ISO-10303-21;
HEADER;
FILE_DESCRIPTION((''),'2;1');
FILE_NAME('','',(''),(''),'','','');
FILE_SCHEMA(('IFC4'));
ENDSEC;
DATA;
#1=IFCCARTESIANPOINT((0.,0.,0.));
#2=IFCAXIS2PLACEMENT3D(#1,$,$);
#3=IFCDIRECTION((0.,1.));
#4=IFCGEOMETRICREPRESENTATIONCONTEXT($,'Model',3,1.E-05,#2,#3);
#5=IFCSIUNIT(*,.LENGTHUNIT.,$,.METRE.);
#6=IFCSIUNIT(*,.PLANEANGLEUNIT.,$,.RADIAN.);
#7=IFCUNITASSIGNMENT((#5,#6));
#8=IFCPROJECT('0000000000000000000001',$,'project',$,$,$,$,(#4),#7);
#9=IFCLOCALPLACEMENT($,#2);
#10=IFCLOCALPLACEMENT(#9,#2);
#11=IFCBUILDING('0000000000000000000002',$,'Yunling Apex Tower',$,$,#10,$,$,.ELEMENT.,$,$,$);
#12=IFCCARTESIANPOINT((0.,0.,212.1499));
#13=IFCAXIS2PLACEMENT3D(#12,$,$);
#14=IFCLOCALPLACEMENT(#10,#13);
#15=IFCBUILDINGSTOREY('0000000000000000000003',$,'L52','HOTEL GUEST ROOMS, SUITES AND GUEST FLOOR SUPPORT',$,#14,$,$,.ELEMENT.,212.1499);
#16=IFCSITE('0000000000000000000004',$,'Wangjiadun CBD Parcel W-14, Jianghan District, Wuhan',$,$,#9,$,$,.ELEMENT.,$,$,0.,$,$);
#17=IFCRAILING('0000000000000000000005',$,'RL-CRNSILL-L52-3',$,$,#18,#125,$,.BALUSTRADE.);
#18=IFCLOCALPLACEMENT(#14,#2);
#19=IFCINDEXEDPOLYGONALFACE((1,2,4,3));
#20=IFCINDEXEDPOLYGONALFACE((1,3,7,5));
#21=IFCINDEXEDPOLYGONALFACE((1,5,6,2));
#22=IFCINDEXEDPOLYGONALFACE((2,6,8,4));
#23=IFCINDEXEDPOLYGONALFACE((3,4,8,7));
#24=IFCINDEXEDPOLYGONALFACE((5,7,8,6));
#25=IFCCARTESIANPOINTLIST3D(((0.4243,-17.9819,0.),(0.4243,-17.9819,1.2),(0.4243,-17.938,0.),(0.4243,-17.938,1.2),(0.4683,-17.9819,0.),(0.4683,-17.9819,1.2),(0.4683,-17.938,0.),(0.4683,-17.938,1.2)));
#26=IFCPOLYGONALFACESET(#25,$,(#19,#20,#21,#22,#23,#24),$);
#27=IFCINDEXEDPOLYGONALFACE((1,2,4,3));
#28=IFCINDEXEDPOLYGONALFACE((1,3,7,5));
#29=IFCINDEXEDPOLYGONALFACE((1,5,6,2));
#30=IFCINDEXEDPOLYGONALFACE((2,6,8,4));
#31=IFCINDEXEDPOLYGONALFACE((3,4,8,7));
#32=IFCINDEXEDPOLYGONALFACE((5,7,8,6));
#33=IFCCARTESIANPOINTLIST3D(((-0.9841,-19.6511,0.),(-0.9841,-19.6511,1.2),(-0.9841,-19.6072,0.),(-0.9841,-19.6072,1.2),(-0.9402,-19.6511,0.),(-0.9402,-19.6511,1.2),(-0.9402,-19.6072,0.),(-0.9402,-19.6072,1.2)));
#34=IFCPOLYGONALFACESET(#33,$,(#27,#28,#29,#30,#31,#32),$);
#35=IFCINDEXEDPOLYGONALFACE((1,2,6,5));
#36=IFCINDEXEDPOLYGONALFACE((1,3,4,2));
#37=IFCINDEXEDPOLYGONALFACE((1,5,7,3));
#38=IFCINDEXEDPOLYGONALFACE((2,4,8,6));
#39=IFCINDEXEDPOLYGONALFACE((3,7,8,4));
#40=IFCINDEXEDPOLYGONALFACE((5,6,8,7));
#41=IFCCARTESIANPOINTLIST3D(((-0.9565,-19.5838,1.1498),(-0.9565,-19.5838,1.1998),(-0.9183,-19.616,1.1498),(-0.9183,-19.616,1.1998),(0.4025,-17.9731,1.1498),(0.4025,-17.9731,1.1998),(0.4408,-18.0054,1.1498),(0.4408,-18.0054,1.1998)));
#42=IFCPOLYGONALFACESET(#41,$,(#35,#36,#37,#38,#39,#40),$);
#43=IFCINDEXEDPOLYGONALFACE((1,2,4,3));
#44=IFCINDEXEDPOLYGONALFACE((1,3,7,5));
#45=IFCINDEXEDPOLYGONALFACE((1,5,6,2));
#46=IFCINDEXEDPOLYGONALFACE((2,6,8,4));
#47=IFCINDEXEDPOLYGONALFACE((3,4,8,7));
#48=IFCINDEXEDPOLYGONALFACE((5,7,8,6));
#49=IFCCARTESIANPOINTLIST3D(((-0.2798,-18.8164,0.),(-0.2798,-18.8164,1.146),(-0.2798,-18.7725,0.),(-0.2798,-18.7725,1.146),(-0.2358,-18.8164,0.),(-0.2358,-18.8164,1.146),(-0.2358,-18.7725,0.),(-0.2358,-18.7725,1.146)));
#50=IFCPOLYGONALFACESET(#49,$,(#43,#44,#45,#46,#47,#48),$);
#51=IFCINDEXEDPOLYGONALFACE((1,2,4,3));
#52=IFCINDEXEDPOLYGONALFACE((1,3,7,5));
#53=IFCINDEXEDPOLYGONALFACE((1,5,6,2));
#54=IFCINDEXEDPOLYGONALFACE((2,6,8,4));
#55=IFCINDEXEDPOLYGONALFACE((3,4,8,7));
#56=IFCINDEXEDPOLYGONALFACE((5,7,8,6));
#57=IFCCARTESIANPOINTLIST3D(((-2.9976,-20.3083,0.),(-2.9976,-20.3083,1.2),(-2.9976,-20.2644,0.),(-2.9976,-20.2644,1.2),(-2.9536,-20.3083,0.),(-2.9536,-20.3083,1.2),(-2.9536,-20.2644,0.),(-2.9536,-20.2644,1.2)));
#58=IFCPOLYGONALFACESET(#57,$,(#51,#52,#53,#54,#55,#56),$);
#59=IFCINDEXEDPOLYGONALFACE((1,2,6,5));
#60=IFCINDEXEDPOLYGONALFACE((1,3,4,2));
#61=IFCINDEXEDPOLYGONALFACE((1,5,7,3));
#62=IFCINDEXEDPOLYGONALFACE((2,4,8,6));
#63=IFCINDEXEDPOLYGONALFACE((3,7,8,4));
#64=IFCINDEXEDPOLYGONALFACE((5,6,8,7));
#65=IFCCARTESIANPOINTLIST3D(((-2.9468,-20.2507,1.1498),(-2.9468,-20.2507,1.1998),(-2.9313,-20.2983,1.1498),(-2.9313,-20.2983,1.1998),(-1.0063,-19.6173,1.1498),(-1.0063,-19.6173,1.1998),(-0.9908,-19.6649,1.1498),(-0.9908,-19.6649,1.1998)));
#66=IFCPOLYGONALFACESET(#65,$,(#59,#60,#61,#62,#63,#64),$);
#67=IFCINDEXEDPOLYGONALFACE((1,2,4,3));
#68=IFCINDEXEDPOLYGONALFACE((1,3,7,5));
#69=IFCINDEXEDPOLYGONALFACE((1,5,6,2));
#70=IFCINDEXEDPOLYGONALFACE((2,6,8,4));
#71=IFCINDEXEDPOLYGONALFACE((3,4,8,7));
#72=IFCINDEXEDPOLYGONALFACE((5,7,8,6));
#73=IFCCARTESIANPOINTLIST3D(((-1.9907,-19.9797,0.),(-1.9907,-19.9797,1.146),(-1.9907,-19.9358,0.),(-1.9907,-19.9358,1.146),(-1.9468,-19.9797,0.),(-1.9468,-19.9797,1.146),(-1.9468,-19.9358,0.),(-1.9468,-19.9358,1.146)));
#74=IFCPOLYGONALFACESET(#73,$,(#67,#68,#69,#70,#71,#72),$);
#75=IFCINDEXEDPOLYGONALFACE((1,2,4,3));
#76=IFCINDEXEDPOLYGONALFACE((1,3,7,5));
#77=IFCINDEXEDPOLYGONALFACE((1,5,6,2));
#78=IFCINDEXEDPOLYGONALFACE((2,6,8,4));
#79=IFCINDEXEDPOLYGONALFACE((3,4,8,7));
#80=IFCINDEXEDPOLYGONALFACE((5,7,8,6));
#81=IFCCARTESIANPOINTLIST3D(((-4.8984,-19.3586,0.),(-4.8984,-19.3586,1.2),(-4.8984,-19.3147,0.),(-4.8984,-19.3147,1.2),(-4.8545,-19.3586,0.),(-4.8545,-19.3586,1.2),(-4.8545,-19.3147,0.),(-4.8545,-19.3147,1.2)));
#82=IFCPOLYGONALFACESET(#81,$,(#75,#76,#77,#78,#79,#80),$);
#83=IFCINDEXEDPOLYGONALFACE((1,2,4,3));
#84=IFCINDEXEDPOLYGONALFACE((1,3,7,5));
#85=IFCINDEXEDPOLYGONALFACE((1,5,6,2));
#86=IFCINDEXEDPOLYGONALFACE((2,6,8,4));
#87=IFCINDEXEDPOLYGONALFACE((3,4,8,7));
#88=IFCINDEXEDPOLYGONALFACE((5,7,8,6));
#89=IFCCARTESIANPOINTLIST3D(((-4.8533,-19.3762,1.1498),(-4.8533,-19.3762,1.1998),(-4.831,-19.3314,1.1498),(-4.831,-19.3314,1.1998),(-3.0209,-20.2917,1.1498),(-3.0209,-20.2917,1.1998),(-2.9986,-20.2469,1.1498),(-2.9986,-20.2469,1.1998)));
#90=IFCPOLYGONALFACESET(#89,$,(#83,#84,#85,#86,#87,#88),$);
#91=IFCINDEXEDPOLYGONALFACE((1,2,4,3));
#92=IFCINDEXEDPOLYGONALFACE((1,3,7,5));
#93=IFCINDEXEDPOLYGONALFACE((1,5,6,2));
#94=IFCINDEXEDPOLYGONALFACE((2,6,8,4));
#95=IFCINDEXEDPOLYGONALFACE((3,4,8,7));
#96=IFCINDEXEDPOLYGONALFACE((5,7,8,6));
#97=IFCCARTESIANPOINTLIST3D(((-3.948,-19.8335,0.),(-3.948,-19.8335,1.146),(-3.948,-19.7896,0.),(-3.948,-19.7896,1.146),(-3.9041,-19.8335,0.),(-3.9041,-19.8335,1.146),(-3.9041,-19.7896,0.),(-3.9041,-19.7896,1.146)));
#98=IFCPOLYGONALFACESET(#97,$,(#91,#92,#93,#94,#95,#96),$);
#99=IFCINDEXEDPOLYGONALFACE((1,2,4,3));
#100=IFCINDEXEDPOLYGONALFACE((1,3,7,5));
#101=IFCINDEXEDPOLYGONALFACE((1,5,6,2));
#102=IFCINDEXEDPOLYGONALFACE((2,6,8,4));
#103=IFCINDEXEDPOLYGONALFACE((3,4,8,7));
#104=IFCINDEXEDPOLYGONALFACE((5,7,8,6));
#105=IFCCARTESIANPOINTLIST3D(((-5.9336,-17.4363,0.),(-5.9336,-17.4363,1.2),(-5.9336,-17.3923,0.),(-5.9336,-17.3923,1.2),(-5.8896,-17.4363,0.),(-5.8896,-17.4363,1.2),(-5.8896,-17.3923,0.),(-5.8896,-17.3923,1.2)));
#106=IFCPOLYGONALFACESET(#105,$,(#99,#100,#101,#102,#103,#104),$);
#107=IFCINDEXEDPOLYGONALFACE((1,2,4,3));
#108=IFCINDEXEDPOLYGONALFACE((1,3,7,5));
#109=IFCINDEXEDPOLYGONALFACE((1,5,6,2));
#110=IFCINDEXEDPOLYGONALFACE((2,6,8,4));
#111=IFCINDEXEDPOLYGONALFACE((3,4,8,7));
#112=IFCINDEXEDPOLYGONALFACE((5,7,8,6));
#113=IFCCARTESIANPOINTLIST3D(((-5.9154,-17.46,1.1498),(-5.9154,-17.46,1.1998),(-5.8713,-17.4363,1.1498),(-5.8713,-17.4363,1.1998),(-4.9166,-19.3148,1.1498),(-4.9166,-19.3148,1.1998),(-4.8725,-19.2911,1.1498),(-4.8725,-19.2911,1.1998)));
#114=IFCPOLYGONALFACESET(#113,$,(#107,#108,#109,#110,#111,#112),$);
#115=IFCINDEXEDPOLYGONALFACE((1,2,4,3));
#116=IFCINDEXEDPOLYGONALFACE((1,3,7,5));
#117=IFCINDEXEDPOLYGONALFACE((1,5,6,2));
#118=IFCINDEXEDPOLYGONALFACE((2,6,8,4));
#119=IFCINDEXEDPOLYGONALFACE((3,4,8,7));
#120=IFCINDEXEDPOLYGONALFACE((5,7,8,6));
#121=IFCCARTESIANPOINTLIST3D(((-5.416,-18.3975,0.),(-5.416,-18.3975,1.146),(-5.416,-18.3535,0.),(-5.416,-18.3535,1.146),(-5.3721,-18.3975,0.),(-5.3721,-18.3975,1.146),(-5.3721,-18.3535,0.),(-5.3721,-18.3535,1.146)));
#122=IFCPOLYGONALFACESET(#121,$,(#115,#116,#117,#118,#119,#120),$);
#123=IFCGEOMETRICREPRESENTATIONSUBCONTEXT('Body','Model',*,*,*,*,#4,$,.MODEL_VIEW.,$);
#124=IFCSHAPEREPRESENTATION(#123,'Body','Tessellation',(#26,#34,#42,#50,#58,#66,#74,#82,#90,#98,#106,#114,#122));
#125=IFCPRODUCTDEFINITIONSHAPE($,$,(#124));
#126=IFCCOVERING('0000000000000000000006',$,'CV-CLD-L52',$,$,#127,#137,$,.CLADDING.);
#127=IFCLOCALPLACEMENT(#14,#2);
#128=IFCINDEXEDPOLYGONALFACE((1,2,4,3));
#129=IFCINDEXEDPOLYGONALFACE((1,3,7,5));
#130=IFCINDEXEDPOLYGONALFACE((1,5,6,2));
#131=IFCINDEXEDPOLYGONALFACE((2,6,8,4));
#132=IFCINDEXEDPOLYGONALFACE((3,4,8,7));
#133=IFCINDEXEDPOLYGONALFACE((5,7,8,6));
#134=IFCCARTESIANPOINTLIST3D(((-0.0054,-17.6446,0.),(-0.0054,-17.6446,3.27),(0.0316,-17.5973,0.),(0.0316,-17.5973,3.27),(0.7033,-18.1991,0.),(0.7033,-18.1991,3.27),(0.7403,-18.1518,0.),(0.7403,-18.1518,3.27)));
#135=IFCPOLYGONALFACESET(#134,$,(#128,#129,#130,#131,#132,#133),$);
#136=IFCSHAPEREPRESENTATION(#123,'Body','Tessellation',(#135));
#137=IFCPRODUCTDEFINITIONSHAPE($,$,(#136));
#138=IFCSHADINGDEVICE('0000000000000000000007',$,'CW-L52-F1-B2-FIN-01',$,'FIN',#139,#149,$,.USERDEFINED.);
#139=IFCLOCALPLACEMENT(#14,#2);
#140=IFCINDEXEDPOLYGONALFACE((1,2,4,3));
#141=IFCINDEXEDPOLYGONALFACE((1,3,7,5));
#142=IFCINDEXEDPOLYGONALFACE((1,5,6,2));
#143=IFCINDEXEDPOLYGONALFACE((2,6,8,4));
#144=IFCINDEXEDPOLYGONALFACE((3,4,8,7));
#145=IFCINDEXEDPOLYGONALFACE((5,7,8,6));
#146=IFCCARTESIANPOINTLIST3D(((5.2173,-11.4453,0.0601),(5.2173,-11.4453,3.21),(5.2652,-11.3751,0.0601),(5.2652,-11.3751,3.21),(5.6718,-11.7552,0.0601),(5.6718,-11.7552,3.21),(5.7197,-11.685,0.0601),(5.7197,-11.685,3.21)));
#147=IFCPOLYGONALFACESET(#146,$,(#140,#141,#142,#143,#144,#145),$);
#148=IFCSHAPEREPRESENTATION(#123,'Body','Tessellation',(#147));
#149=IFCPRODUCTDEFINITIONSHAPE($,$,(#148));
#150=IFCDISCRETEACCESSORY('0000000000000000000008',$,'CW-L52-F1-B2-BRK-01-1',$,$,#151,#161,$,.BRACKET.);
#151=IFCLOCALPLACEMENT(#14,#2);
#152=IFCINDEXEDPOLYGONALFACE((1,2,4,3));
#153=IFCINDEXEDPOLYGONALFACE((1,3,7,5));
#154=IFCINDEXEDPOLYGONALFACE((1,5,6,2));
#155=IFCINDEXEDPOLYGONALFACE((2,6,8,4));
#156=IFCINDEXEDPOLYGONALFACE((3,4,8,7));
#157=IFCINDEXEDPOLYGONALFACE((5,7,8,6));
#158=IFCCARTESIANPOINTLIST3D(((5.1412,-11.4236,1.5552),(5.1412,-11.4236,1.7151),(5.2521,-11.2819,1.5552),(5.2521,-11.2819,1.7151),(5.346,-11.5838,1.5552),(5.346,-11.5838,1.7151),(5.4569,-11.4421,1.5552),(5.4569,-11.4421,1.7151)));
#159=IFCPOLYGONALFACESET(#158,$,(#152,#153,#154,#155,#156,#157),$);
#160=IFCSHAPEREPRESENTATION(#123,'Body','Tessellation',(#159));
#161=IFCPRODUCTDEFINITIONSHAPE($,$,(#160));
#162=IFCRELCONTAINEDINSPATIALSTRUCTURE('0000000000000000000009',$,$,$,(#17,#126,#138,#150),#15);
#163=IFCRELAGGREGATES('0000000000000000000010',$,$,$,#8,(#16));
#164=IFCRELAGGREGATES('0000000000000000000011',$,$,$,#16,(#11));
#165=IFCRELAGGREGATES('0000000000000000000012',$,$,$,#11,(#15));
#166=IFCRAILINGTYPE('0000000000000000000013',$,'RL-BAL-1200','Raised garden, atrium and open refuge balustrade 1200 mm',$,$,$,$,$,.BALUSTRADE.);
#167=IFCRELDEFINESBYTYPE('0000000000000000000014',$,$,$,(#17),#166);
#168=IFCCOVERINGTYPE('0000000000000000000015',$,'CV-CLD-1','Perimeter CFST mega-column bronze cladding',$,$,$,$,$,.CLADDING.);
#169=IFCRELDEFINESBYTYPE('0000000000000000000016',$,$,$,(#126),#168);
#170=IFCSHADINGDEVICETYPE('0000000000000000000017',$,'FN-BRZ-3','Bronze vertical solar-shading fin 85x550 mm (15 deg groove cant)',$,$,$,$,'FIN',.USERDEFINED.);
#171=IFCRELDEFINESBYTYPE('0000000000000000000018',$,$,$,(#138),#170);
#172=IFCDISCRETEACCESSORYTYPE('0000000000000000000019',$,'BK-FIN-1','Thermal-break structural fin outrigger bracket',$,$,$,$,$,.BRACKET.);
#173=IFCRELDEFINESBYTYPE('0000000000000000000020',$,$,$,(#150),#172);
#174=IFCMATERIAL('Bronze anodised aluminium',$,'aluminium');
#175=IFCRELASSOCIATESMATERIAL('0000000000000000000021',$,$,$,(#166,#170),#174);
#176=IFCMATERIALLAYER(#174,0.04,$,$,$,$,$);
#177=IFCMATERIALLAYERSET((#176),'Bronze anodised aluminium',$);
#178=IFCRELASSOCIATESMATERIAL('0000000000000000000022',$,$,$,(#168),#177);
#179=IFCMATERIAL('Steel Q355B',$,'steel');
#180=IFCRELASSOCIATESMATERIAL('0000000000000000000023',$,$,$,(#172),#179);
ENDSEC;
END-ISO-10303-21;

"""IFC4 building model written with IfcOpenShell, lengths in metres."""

from ifc_helpers import new_model, si_unit, direction, frame, origin, origin_2d, place, context, subcontext, project, spatial, rectangle, extrude, source, transform, mapped, material, layer, layer_set, material_profile, profile_set, type_object, element, save


model = new_model("IFC4")

# Units and contexts
model_context = context("Model", 3, precision=1e-05, world=origin(), true_north=direction((0.0, 1.0)))
body_context = subcontext(model_context, "Body", "Model", "MODEL_VIEW")
ifc_project = project(units=[si_unit("LENGTHUNIT", "METRE"), si_unit("PLANEANGLEUNIT", "RADIAN")], contexts=[model_context])

# Site, building, storey
site_placement = place(None, origin())
site = spatial("IfcSite", under=ifc_project, at=site_placement, Name="Wangjiadun CBD Parcel W-14, Jianghan District, Wuhan", CompositionType="ELEMENT", RefElevation=0.0)
building_placement = place(site_placement, origin())
building = spatial("IfcBuilding", under=site, at=building_placement, Name="Yunling Apex Tower", CompositionType="ELEMENT")
storey_placement = place(building_placement, frame((0.0, 0.0, 212.1499)))
storey = spatial("IfcBuildingStorey", under=building, at=storey_placement, Name="L52", Description="HOTEL GUEST ROOMS, SUITES AND GUEST FLOOR SUPPORT", CompositionType="ELEMENT", Elevation=212.1499)

# Shared definitions
ifc_material_1 = material(Name="Steel Q355B", Category="steel")

# Shared definitions
ifc_material_2 = material(Name="Bronze anodised aluminium", Category="aluminium")

# Railing
railing_type = type_object("IfcRailingType", Name="RL-BAL-1200", Description="Raised garden, atrium and open refuge balustrade 1200 mm", PredefinedType="BALUSTRADE", material=ifc_material_2)
railing_placement = place(storey_placement, frame((0.4463, -17.96, 0.0)))
element("IfcRailing", 1, at=railing_placement, inside=storey, type_object=railing_type, Name="RL-CRNSILL-L52-3", PredefinedType="BALUSTRADE", context=body_context, shape_type="SweptSolid", body=[
    extrude(rectangle(XDim=0.0439, YDim=0.0439, at=origin_2d()), origin(), (0.0, 0.0, 1.0), 1.2),
    extrude(rectangle(XDim=0.0439, YDim=0.0439, at=origin_2d()), frame((-1.4084, -1.6692, 0.0)), (0.0, 0.0, 1.0), 1.2),
    extrude(rectangle(XDim=0.05, YDim=0.05, at=origin_2d()), frame((-0.0247, -0.0293, 1.1748), z_axis=(-0.644889, -0.764276, 0.0), x_axis=(0.764276, -0.644889, 0.0)), (0.0, 0.0, 1.0), 2.1074),
    extrude(rectangle(XDim=0.0439, YDim=0.0439, at=origin_2d()), frame((-0.7041, -0.8345, 0.0)), (0.0, 0.0, 1.0), 1.146),
    extrude(rectangle(XDim=0.0439, YDim=0.0439, at=origin_2d()), frame((-3.4219, -2.3264, 0.0)), (0.0, 0.0, 1.0), 1.2),
    extrude(rectangle(XDim=0.05, YDim=0.05, at=origin_2d()), frame((-1.4448, -1.6812, 1.1748), z_axis=(-0.950636, -0.310308, 0.0), x_axis=(0.310308, -0.950636, 0.0)), (0.0, 0.0, 1.0), 2.0413),
    extrude(rectangle(XDim=0.0439, YDim=0.0439, at=origin_2d()), frame((-2.415, -1.9978, 0.0)), (0.0, 0.0, 1.0), 1.146),
    extrude(rectangle(XDim=0.0439, YDim=0.0439, at=origin_2d()), frame((-5.3228, -1.3767, 0.0)), (0.0, 0.0, 1.0), 1.2),
    extrude(rectangle(XDim=0.05, YDim=0.05, at=origin_2d()), frame((-3.4561, -2.3093, 1.1748), z_axis=(-0.894565, 0.446938, 0.0), x_axis=(-0.446938, -0.894565, 0.0)), (0.0, 0.0, 1.0), 2.0483),
    extrude(rectangle(XDim=0.0439, YDim=0.0439, at=origin_2d()), frame((-4.3723, -1.8516, 0.0)), (0.0, 0.0, 1.0), 1.146),
    extrude(rectangle(XDim=0.0439, YDim=0.0439, at=origin_2d()), frame((-6.3579, 0.5457, 0.0)), (0.0, 0.0, 1.0), 1.2),
    extrude(rectangle(XDim=0.05, YDim=0.05, at=origin_2d()), frame((-5.3408, -1.343, 1.1748), z_axis=(-0.474113, 0.880464, 0.0), x_axis=(-0.880464, -0.474113, 0.0)), (0.0, 0.0, 1.0), 2.1067),
    extrude(rectangle(XDim=0.0439, YDim=0.0439, at=origin_2d()), frame((-5.8403, -0.4155, 0.0)), (0.0, 0.0, 1.0), 1.146),
])

# Covering
ifc_layer_1 = layer(ifc_material_2, 0.04)
ifc_layer_set_1 = layer_set([ifc_layer_1], Name="Bronze anodised aluminium")
covering_type = type_object("IfcCoveringType", Name="CV-CLD-1", Description="Perimeter CFST mega-column bronze cladding", PredefinedType="CLADDING", material=ifc_layer_set_1)
shared_shape_1 = source(origin(), body_context, "Body", "SweptSolid", [
    extrude(rectangle(XDim=0.0601, YDim=0.8999, at=origin_2d()), origin(), (0.0, 0.0, 1.0), 3.27),
])
covering_placement = place(storey_placement, frame((0.3674, -17.8982, 0.0), z_axis=(0.0, 0.0, 1.0), x_axis=(0.616211, 0.787581, 0.0)))
element("IfcCovering", 2, at=covering_placement, inside=storey, type_object=covering_type, Name="CV-CLD-L52", PredefinedType="CLADDING", context=body_context, shape_type="MappedRepresentation", body=[
    mapped(shared_shape_1, transform((0.0, 0.0, 0.0), scale=1.0)),
])

# Shading device
ifc_material_profile_1 = material_profile(ifc_material_2, rectangle(XDim=0.085, YDim=0.55, at=origin_2d()))
ifc_profile_set_1 = profile_set([ifc_material_profile_1], Name="Bronze anodised aluminium")
shading_device_type = type_object("IfcShadingDeviceType", Name="FN-BRZ-3", Description="Bronze vertical solar-shading fin 85x550 mm (15 deg groove cant)", ElementType="FIN", PredefinedType="USERDEFINED", material=ifc_profile_set_1)
shared_shape_2 = source(origin(), body_context, "Body", "SweptSolid", [
    extrude(rectangle(XDim=0.085, YDim=0.55, at=origin_2d()), origin(), (0.0, 0.0, 1.0), 3.1499),
])
shading_device_placement = place(storey_placement, frame((5.4685, -11.5652, 0.0601), z_axis=(0.0, 0.0, 1.0), x_axis=(0.563382, 0.826197, 0.0)))
element("IfcShadingDevice", 3, at=shading_device_placement, inside=storey, type_object=shading_device_type, Name="CW-L52-F1-B2-FIN-01", ObjectType="FIN", PredefinedType="USERDEFINED", context=body_context, shape_type="MappedRepresentation", body=[
    mapped(shared_shape_2, transform((0.0, 0.0, 0.0), scale=1.0)),
])

# Discrete accessory
discrete_accessory_type = type_object("IfcDiscreteAccessoryType", Name="BK-FIN-1", Description="Thermal-break structural fin outrigger bracket", PredefinedType="BRACKET", material=ifc_material_1)
shared_shape_3 = source(origin(), body_context, "Body", "SweptSolid", [
    extrude(rectangle(XDim=0.1799, YDim=0.26, at=origin_2d()), origin(), (0.0, 0.0, 1.0), 0.1599),
])
discrete_accessory_placement = place(storey_placement, frame((5.2991, -11.4329, 1.5552), z_axis=(0.0, 0.0, 1.0), x_axis=(0.616211, 0.787581, 0.0)))
element("IfcDiscreteAccessory", 4, at=discrete_accessory_placement, inside=storey, type_object=discrete_accessory_type, Name="CW-L52-F1-B2-BRK-01-1", PredefinedType="BRACKET", context=body_context, shape_type="MappedRepresentation", body=[
    mapped(shared_shape_3, transform((0.0, 0.0, 0.0), scale=1.0)),
])

save(model, "model.ifc")
